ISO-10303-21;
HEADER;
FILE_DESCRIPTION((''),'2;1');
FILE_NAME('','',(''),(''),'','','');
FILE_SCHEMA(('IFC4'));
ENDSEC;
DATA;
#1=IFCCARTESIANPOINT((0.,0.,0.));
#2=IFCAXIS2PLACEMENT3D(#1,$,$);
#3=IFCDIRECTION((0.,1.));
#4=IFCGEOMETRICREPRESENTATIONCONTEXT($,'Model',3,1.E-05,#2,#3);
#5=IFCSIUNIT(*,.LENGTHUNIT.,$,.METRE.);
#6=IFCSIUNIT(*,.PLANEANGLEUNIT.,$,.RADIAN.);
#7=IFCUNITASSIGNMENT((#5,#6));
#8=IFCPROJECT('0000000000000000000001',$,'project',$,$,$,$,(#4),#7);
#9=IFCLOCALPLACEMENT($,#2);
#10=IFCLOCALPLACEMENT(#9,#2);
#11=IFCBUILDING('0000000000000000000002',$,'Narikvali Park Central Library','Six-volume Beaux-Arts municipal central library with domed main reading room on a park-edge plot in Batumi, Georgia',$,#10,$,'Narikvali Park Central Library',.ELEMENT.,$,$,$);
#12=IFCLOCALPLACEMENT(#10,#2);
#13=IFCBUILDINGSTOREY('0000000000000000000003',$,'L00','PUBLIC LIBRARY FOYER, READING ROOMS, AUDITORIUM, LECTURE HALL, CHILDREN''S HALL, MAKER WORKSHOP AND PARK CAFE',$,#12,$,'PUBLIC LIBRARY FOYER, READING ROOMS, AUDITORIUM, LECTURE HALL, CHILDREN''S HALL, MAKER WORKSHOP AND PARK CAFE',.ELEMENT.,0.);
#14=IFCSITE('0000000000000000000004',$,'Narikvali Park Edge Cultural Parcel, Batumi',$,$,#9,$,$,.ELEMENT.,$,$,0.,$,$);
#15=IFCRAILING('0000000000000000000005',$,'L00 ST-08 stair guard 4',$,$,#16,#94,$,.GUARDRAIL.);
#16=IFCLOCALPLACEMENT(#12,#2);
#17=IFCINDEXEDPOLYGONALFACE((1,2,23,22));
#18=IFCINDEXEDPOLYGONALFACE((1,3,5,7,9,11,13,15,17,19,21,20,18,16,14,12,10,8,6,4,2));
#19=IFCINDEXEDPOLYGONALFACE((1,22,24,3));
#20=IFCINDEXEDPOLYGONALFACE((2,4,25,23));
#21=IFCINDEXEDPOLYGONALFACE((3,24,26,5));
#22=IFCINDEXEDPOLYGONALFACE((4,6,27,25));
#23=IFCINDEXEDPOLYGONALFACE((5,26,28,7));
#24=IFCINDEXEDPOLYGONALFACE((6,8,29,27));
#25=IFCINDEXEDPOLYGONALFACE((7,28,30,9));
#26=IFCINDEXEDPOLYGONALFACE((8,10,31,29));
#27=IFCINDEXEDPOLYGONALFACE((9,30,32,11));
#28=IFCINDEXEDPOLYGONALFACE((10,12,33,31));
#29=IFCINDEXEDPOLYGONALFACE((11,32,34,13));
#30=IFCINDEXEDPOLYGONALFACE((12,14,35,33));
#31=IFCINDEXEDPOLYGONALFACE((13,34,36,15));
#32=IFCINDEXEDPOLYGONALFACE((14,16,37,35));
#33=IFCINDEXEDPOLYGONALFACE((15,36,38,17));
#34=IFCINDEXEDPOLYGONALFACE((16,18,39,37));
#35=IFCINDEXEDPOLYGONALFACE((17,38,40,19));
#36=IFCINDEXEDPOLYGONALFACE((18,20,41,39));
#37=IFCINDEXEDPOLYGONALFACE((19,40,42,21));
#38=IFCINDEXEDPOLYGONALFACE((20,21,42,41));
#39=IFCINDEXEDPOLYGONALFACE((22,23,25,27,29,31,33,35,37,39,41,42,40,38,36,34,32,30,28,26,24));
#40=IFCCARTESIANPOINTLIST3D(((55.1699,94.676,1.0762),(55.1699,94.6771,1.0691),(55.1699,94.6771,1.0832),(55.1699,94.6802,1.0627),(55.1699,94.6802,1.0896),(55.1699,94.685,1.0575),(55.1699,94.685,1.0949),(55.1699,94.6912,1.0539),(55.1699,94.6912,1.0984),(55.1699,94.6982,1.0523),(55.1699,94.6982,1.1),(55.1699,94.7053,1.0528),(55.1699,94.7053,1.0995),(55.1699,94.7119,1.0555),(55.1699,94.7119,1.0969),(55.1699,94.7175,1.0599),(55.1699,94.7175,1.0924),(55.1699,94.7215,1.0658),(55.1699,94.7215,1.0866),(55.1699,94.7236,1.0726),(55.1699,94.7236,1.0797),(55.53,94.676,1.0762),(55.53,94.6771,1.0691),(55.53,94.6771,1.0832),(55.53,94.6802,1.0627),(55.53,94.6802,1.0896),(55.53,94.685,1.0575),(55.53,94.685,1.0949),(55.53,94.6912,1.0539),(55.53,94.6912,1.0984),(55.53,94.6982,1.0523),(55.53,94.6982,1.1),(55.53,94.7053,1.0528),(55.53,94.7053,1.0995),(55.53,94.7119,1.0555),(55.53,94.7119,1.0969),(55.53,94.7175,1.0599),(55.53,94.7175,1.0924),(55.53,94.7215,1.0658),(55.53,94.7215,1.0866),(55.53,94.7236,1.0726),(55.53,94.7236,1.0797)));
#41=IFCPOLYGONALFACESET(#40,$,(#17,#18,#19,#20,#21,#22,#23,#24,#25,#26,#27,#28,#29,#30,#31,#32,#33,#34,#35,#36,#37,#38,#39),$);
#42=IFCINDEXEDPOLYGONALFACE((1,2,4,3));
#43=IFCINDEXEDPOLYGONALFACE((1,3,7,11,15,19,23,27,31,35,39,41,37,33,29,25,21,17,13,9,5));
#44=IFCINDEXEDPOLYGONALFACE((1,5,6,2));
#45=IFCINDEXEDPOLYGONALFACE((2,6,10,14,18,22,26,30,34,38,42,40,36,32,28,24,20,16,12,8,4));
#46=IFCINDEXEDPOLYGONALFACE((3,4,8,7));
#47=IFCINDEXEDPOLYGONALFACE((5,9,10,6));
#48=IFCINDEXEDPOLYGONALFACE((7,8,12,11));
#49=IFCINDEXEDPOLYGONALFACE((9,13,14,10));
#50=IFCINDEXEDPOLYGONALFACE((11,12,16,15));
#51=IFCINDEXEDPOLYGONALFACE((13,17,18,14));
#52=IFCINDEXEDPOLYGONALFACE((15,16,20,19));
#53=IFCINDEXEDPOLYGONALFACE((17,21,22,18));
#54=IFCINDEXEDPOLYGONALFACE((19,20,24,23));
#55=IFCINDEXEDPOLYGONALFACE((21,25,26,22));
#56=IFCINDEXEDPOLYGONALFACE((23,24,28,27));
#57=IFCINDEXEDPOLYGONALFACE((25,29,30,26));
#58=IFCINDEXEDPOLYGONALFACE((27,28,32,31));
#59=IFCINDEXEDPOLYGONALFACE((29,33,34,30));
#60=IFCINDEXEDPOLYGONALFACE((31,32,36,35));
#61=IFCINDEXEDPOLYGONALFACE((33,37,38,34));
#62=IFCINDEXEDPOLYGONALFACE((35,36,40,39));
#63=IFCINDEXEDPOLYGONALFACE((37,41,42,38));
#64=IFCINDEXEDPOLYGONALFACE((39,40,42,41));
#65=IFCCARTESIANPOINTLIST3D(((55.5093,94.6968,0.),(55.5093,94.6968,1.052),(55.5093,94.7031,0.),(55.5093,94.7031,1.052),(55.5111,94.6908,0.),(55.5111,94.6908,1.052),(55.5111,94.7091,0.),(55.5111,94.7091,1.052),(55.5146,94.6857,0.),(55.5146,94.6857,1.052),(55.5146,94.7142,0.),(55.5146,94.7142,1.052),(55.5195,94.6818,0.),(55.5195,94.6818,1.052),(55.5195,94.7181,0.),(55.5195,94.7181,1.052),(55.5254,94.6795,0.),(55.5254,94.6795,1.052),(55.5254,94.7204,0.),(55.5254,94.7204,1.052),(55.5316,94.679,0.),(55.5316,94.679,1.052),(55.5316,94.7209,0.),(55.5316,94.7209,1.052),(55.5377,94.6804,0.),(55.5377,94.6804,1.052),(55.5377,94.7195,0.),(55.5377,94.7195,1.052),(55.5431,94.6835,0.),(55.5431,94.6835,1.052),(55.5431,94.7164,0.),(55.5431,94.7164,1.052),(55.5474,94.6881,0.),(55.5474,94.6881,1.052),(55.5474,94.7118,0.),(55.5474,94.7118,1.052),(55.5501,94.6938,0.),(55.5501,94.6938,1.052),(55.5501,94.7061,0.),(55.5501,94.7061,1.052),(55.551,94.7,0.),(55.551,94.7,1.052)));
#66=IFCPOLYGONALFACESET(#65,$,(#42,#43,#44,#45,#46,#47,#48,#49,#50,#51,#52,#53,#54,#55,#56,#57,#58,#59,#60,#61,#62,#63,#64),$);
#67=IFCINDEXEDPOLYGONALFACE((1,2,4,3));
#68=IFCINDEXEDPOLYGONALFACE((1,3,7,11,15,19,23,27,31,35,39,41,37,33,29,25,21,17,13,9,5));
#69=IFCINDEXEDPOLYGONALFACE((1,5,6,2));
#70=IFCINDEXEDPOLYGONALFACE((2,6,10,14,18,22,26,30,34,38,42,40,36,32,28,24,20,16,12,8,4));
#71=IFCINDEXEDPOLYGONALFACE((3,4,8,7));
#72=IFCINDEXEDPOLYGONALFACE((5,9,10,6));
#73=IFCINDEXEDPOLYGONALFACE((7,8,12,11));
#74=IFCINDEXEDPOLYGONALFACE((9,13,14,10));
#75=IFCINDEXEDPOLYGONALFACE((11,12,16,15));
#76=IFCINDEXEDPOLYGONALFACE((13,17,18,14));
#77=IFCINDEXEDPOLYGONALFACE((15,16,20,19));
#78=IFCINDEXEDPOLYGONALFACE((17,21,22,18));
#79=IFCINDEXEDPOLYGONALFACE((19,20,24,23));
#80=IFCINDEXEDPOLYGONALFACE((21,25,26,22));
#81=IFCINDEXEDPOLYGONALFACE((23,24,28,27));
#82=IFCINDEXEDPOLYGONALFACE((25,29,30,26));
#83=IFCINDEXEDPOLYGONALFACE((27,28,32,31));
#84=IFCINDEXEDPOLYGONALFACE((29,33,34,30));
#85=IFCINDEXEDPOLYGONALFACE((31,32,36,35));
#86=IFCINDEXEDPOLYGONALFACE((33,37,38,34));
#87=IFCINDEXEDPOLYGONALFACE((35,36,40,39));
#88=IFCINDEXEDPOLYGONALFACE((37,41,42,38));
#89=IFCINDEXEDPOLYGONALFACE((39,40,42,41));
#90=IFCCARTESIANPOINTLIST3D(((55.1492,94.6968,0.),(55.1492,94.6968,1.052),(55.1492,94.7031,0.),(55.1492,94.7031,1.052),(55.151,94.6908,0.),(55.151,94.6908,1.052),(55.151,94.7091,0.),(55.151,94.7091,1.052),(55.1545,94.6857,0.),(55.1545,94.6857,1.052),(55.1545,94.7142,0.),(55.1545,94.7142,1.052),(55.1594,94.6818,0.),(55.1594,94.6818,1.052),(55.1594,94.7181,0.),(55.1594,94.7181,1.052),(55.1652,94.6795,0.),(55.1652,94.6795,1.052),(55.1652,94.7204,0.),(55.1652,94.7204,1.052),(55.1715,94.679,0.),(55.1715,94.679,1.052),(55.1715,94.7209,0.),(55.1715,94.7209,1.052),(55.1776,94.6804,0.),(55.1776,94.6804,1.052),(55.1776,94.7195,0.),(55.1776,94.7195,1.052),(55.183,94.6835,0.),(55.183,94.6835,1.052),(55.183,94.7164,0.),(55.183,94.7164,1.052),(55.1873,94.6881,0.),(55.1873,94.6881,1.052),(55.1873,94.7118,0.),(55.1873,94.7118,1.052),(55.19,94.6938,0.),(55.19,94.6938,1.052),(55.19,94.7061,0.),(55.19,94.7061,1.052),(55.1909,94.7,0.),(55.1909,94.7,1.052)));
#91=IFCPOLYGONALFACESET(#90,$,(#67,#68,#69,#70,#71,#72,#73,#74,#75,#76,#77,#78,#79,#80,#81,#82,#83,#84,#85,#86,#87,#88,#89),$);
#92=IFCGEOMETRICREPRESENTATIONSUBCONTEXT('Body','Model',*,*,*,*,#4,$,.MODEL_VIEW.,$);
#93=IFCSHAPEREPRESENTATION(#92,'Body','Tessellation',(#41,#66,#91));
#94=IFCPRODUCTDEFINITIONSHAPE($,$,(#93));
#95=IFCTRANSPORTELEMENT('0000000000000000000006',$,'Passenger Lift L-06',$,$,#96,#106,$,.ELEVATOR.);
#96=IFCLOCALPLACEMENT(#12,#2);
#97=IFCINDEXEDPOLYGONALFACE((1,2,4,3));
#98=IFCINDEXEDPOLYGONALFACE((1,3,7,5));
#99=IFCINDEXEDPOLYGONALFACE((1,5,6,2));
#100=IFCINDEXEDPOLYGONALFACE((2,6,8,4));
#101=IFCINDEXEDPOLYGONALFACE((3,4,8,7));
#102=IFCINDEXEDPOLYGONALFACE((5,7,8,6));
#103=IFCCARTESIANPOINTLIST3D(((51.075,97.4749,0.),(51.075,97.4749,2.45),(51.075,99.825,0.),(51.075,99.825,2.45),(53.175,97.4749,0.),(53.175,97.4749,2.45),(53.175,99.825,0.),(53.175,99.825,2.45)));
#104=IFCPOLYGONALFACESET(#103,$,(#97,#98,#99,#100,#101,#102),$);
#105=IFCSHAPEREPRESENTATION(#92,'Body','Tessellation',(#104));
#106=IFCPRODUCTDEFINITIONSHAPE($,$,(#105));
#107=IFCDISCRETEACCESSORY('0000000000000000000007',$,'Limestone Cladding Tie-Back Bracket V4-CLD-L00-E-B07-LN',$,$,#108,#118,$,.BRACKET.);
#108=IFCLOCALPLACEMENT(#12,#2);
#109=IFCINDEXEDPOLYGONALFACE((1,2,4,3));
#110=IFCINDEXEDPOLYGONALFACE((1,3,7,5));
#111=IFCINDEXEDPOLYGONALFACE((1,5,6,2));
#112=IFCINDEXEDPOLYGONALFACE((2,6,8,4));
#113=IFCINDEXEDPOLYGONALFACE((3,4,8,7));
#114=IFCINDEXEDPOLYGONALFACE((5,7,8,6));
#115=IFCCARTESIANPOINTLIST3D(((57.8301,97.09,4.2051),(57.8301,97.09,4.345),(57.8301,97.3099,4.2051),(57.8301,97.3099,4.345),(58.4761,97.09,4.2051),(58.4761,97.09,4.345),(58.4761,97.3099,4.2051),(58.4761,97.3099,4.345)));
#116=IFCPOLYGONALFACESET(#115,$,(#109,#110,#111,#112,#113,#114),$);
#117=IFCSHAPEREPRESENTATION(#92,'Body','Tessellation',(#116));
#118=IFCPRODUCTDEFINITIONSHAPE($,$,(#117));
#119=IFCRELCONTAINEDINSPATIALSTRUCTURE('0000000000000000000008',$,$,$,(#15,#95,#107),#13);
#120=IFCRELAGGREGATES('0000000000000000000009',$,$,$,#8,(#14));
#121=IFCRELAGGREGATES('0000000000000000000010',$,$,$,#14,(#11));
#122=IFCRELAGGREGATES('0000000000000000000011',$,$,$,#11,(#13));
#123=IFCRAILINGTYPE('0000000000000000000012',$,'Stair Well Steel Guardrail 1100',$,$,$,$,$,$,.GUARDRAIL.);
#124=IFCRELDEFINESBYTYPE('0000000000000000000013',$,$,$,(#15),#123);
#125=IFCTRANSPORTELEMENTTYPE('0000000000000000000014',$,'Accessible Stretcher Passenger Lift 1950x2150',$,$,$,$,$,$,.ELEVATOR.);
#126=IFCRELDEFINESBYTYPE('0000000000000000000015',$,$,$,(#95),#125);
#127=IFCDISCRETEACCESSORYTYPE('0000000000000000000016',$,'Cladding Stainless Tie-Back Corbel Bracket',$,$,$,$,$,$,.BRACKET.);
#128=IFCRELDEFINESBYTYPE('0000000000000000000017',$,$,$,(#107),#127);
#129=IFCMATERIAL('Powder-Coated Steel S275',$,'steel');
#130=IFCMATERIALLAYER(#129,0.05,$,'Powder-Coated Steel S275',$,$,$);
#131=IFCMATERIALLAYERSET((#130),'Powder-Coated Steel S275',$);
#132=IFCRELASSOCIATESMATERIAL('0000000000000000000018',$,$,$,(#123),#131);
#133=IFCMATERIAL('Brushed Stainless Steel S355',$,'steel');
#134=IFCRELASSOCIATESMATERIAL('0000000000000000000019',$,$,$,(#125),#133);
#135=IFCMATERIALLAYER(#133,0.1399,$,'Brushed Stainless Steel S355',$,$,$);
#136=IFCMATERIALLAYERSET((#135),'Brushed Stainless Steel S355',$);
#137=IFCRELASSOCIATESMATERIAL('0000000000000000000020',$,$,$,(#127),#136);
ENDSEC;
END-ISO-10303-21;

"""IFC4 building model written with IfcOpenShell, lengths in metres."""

from ifc_helpers import new_model, si_unit, direction, frame, origin, origin_2d, place, context, subcontext, project, spatial, rectangle, circle, extrude, material, layer, layer_set, type_object, element, save


model = new_model("IFC4")

# Units and contexts
model_context = context("Model", 3, precision=1e-05, world=origin(), true_north=direction((0.0, 1.0)))
body_context = subcontext(model_context, "Body", "Model", "MODEL_VIEW")
ifc_project = project(units=[si_unit("LENGTHUNIT", "METRE"), si_unit("PLANEANGLEUNIT", "RADIAN")], contexts=[model_context])

# Site, building, storey
site_placement = place(None, origin())
site = spatial("IfcSite", under=ifc_project, at=site_placement, Name="Narikvali Park Edge Cultural Parcel, Batumi", CompositionType="ELEMENT", RefElevation=0.0)
building_placement = place(site_placement, origin())
building = spatial("IfcBuilding", under=site, at=building_placement, Name="Narikvali Park Central Library", Description="Six-volume Beaux-Arts municipal central library with domed main reading room on a park-edge plot in Batumi, Georgia", LongName="Narikvali Park Central Library", CompositionType="ELEMENT")
storey_placement = place(building_placement, origin())
storey = spatial("IfcBuildingStorey", under=building, at=storey_placement, Name="L00", Description="PUBLIC LIBRARY FOYER, READING ROOMS, AUDITORIUM, LECTURE HALL, CHILDREN'S HALL, MAKER WORKSHOP AND PARK CAFE", LongName="PUBLIC LIBRARY FOYER, READING ROOMS, AUDITORIUM, LECTURE HALL, CHILDREN'S HALL, MAKER WORKSHOP AND PARK CAFE", CompositionType="ELEMENT", Elevation=0.0)

# Shared definitions
ifc_material_1 = material(Name="Brushed Stainless Steel S355", Category="steel")

# Railing
ifc_material_2 = material(Name="Powder-Coated Steel S275", Category="steel")
ifc_layer_1 = layer(ifc_material_2, 0.05, Name="Powder-Coated Steel S275")
ifc_layer_set_1 = layer_set([ifc_layer_1], Name="Powder-Coated Steel S275")
railing_type_1 = type_object("IfcRailingType", Name="Stair Well Steel Guardrail 1100", PredefinedType="GUARDRAIL", material=ifc_layer_set_1)
railing_1_placement = place(storey_placement, frame((55.53, 94.7, 0.0)))
element("IfcRailing", 1, at=railing_1_placement, inside=storey, type_object=railing_type_1, Name="L00 ST-08 stair guard 4", PredefinedType="GUARDRAIL", context=body_context, shape_type="SweptSolid", body=[
    extrude(circle(Radius=0.0239, at=origin_2d()), frame((0.0, 0.0, 1.0762), z_axis=(-1.0, 0.0, 0.0), x_axis=(0.0, -1.0, 0.0)), (0.0, 0.0, 1.0), 0.3601),
    extrude(circle(Radius=0.021, at=origin_2d()), origin(), (0.0, 0.0, 1.0), 1.052),
    extrude(circle(Radius=0.021, at=origin_2d()), frame((-0.3601, 0.0, 0.0)), (0.0, 0.0, 1.0), 1.052),
])

# Transport element
transport_element_type = type_object("IfcTransportElementType", Name="Accessible Stretcher Passenger Lift 1950x2150", PredefinedType="ELEVATOR", material=ifc_material_1)
transport_element_placement = place(storey_placement, frame((52.125, 98.6499, 0.0), z_axis=(0.0, 0.0, 1.0), x_axis=(1.0, 0.0, 0.0)))
element("IfcTransportElement", 2, at=transport_element_placement, inside=storey, type_object=transport_element_type, Name="Passenger Lift L-06", PredefinedType="ELEVATOR", context=body_context, shape_type="SweptSolid", body=[
    extrude(rectangle(XDim=2.1001, YDim=2.3501, at=origin_2d()), origin(), (0.0, 0.0, 1.0), 2.45),
])

# Discrete accessory
ifc_layer_2 = layer(ifc_material_1, 0.1399, Name="Brushed Stainless Steel S355")
ifc_layer_set_2 = layer_set([ifc_layer_2], Name="Brushed Stainless Steel S355")
discrete_accessory_type = type_object("IfcDiscreteAccessoryType", Name="Cladding Stainless Tie-Back Corbel Bracket", PredefinedType="BRACKET", material=ifc_layer_set_2)
discrete_accessory_placement = place(storey_placement, frame((58.1531, 97.2, 4.2051), z_axis=(0.0, 0.0, 1.0), x_axis=(1.0, 0.0, 0.0)))
element("IfcDiscreteAccessory", 3, at=discrete_accessory_placement, inside=storey, type_object=discrete_accessory_type, Name="Limestone Cladding Tie-Back Bracket V4-CLD-L00-E-B07-LN", PredefinedType="BRACKET", context=body_context, shape_type="SweptSolid", body=[
    extrude(rectangle(XDim=0.646, YDim=0.22, at=origin_2d()), origin(), (0.0, 0.0, 1.0), 0.1399),
])

save(model, "model.ifc")
